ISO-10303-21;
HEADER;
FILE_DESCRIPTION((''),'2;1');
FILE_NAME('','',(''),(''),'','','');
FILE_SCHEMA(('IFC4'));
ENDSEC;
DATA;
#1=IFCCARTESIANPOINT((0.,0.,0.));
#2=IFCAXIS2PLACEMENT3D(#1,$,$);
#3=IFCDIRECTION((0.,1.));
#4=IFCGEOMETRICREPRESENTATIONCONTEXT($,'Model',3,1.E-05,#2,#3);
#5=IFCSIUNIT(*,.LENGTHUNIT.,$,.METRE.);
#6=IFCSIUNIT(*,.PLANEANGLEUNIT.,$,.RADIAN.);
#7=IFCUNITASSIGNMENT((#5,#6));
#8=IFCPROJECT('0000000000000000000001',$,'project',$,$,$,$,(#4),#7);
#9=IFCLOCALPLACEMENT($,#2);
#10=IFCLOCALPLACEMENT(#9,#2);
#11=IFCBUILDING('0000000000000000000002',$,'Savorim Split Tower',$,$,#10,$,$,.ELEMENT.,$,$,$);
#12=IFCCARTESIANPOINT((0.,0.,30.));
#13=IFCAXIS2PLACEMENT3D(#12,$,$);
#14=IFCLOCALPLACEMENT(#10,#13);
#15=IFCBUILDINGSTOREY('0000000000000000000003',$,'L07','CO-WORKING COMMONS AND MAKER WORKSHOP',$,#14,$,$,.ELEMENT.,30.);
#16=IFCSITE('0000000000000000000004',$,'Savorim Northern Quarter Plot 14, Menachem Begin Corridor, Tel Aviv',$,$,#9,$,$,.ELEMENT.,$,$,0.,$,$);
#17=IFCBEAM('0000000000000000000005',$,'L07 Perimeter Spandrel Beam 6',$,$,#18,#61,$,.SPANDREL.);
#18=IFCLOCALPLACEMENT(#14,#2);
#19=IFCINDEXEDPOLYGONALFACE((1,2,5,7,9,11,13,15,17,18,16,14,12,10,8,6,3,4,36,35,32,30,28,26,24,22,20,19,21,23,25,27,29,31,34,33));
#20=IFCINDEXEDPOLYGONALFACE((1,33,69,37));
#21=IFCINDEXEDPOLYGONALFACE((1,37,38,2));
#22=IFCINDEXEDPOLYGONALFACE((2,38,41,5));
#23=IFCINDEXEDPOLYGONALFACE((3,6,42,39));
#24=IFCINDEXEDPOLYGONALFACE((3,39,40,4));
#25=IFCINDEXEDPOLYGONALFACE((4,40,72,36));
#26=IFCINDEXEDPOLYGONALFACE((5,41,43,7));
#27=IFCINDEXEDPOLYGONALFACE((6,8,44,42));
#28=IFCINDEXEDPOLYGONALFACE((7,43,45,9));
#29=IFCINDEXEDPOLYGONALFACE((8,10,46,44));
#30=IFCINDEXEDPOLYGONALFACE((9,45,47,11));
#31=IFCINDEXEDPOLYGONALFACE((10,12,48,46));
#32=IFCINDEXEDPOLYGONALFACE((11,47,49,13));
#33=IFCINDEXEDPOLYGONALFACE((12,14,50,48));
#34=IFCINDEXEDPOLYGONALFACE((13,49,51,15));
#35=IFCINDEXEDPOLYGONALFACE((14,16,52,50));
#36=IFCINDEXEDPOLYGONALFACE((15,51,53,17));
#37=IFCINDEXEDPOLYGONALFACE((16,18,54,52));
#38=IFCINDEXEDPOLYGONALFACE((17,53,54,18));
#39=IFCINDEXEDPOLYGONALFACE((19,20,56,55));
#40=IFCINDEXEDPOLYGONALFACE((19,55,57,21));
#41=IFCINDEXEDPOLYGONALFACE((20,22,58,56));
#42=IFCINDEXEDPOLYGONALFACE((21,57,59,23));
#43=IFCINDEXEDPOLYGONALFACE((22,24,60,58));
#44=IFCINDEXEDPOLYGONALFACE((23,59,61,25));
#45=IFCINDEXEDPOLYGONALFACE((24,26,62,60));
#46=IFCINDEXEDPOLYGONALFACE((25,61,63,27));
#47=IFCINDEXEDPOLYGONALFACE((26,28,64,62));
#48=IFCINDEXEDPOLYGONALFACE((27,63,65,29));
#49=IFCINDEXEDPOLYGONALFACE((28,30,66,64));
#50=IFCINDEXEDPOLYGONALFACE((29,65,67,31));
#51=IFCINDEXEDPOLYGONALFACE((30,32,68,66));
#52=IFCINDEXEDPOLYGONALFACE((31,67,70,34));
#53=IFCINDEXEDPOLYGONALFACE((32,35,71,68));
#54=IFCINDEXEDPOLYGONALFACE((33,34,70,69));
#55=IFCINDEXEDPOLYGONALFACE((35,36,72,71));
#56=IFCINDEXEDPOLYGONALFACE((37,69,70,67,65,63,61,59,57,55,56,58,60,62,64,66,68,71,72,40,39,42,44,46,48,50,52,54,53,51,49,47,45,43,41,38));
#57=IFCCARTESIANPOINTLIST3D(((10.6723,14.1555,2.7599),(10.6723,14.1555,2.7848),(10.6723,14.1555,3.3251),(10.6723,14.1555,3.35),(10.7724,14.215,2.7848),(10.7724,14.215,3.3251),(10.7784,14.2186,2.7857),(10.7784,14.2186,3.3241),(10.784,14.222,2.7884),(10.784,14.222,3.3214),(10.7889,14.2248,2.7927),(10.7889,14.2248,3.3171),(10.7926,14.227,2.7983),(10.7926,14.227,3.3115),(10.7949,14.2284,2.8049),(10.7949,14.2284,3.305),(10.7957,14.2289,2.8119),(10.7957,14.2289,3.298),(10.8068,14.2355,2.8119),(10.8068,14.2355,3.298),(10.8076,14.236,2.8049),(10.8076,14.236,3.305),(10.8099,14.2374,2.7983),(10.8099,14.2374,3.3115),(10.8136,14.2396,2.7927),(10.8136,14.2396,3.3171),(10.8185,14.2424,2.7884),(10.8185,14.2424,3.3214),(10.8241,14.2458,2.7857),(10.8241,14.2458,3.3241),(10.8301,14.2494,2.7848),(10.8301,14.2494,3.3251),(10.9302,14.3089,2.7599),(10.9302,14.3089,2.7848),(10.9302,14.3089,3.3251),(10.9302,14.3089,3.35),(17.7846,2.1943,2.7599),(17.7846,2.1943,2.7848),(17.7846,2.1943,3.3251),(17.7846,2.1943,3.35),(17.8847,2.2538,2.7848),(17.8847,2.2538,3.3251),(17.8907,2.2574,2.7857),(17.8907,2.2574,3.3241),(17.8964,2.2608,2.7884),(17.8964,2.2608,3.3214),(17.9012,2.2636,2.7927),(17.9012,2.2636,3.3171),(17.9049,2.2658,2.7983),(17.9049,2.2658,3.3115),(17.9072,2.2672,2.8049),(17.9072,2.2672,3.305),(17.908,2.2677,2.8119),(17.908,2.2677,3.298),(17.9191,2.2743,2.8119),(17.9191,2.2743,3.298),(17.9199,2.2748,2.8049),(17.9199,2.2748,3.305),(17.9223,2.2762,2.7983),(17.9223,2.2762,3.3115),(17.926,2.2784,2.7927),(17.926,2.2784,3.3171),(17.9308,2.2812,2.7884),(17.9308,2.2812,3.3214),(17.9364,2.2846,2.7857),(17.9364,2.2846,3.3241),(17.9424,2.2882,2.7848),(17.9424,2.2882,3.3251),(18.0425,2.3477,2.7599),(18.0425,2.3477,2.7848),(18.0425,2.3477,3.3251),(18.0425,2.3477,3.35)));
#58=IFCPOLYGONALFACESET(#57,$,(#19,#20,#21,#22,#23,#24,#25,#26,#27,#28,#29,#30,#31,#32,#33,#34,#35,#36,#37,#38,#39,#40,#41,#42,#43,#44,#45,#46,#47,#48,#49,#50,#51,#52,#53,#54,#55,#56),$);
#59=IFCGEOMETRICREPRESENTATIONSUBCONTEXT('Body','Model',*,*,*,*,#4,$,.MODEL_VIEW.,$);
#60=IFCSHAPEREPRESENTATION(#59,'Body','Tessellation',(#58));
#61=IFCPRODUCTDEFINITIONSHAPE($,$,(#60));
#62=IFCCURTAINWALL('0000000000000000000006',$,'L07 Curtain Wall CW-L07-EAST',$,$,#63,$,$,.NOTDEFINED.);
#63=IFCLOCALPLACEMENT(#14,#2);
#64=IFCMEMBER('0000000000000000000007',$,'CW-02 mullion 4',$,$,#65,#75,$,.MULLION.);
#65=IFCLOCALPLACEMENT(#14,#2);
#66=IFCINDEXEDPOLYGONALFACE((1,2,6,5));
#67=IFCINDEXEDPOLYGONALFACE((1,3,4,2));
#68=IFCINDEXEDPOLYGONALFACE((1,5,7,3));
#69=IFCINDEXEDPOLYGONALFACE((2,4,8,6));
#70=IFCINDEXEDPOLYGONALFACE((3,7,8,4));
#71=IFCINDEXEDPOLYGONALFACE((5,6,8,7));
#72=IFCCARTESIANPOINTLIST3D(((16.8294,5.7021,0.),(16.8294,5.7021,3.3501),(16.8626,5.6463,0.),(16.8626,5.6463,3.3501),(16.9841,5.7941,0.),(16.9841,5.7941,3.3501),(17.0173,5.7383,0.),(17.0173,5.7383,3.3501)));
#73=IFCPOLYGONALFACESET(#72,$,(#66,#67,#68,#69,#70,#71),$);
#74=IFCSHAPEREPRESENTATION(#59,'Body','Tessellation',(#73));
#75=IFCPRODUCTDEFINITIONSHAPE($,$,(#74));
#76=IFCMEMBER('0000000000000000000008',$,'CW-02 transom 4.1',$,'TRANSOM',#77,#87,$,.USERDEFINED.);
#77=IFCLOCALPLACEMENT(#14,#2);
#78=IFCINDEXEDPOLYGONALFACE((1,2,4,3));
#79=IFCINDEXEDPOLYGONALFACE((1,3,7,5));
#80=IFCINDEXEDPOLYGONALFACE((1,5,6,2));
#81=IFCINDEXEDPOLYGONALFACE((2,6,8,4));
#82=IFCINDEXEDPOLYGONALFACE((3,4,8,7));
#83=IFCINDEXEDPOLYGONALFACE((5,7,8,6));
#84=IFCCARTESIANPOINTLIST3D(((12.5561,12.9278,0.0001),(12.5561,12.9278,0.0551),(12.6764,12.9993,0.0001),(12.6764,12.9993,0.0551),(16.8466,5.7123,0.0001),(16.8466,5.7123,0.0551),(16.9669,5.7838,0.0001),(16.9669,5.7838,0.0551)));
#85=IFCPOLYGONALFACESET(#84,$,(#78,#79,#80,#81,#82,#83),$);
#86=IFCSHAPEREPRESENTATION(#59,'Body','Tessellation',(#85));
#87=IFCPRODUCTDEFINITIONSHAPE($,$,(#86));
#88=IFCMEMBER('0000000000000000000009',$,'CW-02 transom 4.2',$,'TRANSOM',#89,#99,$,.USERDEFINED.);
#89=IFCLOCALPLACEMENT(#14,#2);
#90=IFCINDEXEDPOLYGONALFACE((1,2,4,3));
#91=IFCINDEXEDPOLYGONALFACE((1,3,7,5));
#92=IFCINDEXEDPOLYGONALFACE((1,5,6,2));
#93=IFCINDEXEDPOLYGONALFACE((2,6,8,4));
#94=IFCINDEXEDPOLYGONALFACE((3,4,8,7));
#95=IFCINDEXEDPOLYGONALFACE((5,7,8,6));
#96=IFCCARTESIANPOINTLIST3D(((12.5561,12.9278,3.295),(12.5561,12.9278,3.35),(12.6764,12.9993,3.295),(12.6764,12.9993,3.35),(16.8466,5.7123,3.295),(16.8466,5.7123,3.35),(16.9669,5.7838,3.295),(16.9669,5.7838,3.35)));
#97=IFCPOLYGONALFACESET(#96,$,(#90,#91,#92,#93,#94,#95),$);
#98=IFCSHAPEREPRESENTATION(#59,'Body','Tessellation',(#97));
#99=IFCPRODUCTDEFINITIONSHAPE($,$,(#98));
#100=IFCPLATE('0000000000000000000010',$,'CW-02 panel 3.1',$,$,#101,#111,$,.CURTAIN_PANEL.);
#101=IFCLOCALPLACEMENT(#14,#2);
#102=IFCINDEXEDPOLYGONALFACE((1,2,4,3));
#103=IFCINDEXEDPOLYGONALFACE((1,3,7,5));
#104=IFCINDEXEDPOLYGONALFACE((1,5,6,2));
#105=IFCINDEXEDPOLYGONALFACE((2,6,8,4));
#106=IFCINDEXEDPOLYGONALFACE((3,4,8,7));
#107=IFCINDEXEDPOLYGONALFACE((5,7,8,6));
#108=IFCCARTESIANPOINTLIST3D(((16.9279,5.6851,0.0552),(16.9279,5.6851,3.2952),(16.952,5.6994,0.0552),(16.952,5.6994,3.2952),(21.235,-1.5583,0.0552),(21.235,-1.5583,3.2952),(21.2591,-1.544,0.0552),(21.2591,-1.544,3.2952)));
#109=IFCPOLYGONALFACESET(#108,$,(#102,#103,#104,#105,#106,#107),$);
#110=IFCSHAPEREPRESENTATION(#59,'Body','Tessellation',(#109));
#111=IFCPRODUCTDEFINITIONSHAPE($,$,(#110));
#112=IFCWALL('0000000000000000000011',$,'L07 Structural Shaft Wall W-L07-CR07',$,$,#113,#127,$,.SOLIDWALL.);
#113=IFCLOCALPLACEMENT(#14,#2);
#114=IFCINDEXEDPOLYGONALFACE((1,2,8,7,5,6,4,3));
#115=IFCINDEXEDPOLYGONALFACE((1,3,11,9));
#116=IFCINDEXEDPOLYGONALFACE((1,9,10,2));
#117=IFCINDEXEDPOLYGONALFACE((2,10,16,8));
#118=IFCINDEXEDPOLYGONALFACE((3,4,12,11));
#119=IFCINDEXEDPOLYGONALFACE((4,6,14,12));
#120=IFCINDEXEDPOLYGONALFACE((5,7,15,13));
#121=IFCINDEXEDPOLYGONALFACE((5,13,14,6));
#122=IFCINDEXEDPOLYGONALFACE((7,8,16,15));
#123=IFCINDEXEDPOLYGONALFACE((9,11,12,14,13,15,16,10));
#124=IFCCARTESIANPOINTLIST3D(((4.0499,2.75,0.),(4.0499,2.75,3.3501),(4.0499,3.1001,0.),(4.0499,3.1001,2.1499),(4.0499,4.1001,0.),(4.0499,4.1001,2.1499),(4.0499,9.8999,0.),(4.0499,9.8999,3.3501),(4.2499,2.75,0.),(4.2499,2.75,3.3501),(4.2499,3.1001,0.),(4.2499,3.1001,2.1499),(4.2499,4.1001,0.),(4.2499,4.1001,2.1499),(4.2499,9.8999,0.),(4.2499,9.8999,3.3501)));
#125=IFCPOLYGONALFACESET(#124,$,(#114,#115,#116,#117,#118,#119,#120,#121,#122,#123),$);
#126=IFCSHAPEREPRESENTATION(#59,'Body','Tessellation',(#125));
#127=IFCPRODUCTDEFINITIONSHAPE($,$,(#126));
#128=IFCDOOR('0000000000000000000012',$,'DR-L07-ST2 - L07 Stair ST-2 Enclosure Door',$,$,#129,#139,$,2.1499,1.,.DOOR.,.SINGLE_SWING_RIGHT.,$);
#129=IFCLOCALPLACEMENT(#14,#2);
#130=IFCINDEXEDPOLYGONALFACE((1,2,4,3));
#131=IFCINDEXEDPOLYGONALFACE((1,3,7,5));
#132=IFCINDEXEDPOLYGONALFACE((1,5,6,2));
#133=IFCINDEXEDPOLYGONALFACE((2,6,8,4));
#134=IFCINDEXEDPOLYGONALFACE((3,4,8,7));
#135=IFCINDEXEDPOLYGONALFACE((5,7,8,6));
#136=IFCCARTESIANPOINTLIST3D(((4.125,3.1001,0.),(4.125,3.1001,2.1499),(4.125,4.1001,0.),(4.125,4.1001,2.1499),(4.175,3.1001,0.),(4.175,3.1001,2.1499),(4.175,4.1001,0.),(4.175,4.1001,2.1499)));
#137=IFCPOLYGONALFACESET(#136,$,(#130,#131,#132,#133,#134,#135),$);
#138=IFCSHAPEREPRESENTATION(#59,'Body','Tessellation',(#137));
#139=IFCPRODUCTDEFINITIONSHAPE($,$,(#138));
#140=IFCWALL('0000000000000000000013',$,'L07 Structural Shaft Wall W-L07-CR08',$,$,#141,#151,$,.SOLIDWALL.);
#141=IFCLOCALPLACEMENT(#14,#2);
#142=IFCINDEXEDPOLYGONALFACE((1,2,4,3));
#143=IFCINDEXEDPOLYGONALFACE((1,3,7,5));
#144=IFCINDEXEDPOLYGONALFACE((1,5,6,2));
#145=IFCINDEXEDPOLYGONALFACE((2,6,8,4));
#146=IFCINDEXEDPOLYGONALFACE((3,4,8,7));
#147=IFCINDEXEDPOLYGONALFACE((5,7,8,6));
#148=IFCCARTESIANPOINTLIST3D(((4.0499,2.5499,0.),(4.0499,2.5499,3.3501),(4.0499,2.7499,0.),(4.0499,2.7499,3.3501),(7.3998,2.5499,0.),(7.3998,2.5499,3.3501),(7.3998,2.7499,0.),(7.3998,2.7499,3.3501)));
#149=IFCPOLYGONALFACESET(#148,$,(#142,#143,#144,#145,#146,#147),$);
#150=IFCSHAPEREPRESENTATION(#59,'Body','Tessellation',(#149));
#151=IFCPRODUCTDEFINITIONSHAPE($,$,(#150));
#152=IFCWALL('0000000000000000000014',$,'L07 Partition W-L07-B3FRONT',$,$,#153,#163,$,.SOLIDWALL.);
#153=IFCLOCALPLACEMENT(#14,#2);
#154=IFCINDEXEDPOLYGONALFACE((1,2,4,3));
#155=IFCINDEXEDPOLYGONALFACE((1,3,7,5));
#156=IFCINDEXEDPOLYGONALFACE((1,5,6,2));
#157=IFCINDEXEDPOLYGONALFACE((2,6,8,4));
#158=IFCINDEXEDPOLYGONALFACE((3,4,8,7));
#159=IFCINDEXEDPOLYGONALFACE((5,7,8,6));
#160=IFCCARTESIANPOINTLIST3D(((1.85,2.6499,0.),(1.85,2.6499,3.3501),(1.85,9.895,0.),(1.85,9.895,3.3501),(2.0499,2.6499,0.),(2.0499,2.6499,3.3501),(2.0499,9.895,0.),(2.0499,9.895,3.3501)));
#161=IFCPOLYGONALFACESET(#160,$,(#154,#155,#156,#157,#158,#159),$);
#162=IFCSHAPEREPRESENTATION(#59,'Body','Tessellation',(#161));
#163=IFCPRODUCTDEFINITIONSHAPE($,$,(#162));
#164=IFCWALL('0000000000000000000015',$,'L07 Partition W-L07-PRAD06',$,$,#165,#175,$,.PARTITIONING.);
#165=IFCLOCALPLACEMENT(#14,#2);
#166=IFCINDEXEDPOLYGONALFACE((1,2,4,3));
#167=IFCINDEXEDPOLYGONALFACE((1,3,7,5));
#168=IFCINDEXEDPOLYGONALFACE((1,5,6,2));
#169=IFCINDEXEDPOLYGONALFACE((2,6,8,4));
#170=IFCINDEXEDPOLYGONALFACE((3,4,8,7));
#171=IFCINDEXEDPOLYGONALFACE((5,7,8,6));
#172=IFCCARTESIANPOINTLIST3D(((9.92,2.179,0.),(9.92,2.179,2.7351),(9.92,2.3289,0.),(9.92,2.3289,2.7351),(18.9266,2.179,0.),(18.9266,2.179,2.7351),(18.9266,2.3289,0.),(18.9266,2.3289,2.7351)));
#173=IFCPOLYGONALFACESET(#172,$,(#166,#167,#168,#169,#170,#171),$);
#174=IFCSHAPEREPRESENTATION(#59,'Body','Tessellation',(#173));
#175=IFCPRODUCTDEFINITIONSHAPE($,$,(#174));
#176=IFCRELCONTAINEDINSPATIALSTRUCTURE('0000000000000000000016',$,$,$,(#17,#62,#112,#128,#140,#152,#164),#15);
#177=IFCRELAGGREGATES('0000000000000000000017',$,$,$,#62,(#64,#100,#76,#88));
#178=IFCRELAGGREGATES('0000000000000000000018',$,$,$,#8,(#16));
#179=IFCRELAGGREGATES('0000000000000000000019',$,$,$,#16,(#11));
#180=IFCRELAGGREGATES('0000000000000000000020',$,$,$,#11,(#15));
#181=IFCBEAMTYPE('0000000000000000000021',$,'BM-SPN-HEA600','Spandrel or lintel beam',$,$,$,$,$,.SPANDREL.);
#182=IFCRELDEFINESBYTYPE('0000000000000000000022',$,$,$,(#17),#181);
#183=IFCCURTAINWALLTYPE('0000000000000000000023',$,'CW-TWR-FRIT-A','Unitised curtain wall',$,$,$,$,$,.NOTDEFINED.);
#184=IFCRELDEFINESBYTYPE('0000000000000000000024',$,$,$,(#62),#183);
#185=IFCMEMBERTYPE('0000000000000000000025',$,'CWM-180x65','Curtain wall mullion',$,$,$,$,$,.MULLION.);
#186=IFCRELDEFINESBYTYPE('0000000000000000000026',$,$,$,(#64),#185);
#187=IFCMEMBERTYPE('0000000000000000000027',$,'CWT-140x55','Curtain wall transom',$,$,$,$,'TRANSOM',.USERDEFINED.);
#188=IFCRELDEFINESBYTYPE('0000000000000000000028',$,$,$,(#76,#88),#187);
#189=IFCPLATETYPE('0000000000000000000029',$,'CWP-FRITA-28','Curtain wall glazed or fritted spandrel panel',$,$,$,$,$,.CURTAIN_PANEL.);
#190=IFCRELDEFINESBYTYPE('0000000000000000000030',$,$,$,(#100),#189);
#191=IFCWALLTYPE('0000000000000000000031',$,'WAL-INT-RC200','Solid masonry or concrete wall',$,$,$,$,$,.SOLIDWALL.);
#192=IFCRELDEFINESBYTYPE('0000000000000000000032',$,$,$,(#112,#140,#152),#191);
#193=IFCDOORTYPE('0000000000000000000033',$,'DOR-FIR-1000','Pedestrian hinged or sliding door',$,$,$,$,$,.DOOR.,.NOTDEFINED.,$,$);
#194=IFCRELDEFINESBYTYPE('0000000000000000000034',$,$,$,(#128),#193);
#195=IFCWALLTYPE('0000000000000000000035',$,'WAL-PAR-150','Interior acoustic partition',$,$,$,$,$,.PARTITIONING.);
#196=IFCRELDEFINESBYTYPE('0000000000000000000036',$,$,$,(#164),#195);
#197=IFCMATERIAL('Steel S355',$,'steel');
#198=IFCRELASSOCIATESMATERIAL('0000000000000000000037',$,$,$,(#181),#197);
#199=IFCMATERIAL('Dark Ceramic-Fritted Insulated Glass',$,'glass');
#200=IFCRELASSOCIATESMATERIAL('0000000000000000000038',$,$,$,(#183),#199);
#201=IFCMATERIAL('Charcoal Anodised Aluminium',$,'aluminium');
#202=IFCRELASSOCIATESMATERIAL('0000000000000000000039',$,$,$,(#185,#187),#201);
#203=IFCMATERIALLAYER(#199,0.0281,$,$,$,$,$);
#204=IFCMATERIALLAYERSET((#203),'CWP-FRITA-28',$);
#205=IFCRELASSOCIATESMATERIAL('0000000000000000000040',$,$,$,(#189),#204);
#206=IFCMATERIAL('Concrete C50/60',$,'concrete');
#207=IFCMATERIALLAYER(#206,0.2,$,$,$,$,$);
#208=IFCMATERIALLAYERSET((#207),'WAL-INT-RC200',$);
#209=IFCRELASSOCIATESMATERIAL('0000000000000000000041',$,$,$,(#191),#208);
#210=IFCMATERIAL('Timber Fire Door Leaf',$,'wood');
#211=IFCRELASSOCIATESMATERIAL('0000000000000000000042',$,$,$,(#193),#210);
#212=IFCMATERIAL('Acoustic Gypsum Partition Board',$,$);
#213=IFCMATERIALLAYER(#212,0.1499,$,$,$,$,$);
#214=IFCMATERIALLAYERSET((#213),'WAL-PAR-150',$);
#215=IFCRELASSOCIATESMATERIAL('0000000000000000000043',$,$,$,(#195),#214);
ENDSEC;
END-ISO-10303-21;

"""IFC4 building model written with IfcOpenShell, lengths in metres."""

from ifc_helpers import new_model, si_unit, direction, frame, frame_2d, origin, origin_2d, place, context, subcontext, project, spatial, rectangle, i_section, extrude, material, layer, layer_set, material_profile, profile_set, type_object, element, fill, aggregate, save


model = new_model("IFC4")

# Units and contexts
model_context = context("Model", 3, precision=1e-05, world=origin(), true_north=direction((0.0, 1.0)))
body_context = subcontext(model_context, "Body", "Model", "MODEL_VIEW")
ifc_project = project(units=[si_unit("LENGTHUNIT", "METRE"), si_unit("PLANEANGLEUNIT", "RADIAN")], contexts=[model_context])

# Site, building, storey
site_placement = place(None, origin())
site = spatial("IfcSite", under=ifc_project, at=site_placement, Name="Savorim Northern Quarter Plot 14, Menachem Begin Corridor, Tel Aviv", CompositionType="ELEMENT", RefElevation=0.0)
building_placement = place(site_placement, origin())
building = spatial("IfcBuilding", under=site, at=building_placement, Name="Savorim Split Tower", CompositionType="ELEMENT")
storey_placement = place(building_placement, frame((0.0, 0.0, 30.0)))
storey = spatial("IfcBuildingStorey", under=building, at=storey_placement, Name="L07", Description="CO-WORKING COMMONS AND MAKER WORKSHOP", CompositionType="ELEMENT", Elevation=30.0)

# Beam
ifc_material_1 = material(Name="Steel S355", Category="steel")
ifc_material_profile_1 = material_profile(ifc_material_1, i_section(OverallWidth=0.3, OverallDepth=0.5901, WebThickness=0.0129, FlangeThickness=0.0249, FilletRadius=0.0271, at=origin_2d()), Name="HEA 600")
ifc_profile_set_1 = profile_set([ifc_material_profile_1], Name="Steel S355")
beam_type_1 = type_object("IfcBeamType", Name="BM-SPN-HEA600", Description="Spandrel or lintel beam", PredefinedType="SPANDREL", material=ifc_profile_set_1)
beam_1_placement = place(storey_placement, frame((17.9136, 2.271, 3.0549), z_axis=(-0.511089, 0.859528, 0.0), x_axis=(-0.859528, -0.511089, 0.0)))
element("IfcBeam", 1, at=beam_1_placement, inside=storey, type_object=beam_type_1, Name="L07 Perimeter Spandrel Beam 6", PredefinedType="SPANDREL", context=body_context, shape_type="SweptSolid", body=[
    extrude(i_section(OverallWidth=0.3, OverallDepth=0.5901, WebThickness=0.0129, FlangeThickness=0.0249, FilletRadius=0.0271, at=origin_2d()), origin(), (0.0, 0.0, 1.0), 13.916),
])

# Curtain wall, members, plate
ifc_material_2 = material(Name="Dark Ceramic-Fritted Insulated Glass", Category="glass")
curtain_wall_type = type_object("IfcCurtainWallType", Name="CW-TWR-FRIT-A", Description="Unitised curtain wall", PredefinedType="NOTDEFINED", material=ifc_material_2)
curtain_wall_placement = place(storey_placement, origin())
curtain_wall = element("IfcCurtainWall", 2, at=curtain_wall_placement, inside=storey, type_object=curtain_wall_type, Name="L07 Curtain Wall CW-L07-EAST", PredefinedType="NOTDEFINED")
ifc_material_3 = material(Name="Charcoal Anodised Aluminium", Category="aluminium")
ifc_material_profile_2 = material_profile(ifc_material_3, rectangle(XDim=0.1799, YDim=0.0649, at=origin_2d()), Name="ALU-M 180x65")
ifc_profile_set_2 = profile_set([ifc_material_profile_2], Name="Charcoal Anodised Aluminium")
member_type_1 = type_object("IfcMemberType", Name="CWM-180x65", Description="Curtain wall mullion", PredefinedType="MULLION", material=ifc_profile_set_2)
member_1_placement = place(storey_placement, frame((16.9233, 5.7202, 0.0), z_axis=(0.0, 0.0, 1.0), x_axis=(-0.859526, -0.511092, 0.0)))
member_1 = element("IfcMember", 3, at=member_1_placement, type_object=member_type_1, Name="CW-02 mullion 4", PredefinedType="MULLION", context=body_context, shape_type="SweptSolid", body=[
    extrude(rectangle(XDim=0.1799, YDim=0.0649, at=origin_2d()), origin(), (0.0, 0.0, 1.0), 3.3501),
])
ifc_material_profile_3 = material_profile(ifc_material_3, rectangle(XDim=0.1399, YDim=0.0549, at=origin_2d()), Name="ALU-T 140x55")
ifc_profile_set_3 = profile_set([ifc_material_profile_3], Name="Charcoal Anodised Aluminium")
member_type_2 = type_object("IfcMemberType", Name="CWT-140x55", Description="Curtain wall transom", ElementType="TRANSOM", PredefinedType="USERDEFINED", material=ifc_profile_set_3)
member_2_placement = place(storey_placement, frame((16.9067, 5.748, 0.0276), z_axis=(-0.511092, 0.859526, 0.0), x_axis=(-0.859526, -0.511092, 0.0)))
member_2 = element("IfcMember", 4, at=member_2_placement, type_object=member_type_2, Name="CW-02 transom 4.1", ObjectType="TRANSOM", PredefinedType="USERDEFINED", context=body_context, shape_type="SweptSolid", body=[
    extrude(rectangle(XDim=0.1399, YDim=0.0549, at=origin_2d()), origin(), (0.0, 0.0, 1.0), 8.3948),
])
member_3_placement = place(storey_placement, frame((16.9067, 5.748, 3.3225), z_axis=(-0.511092, 0.859526, 0.0), x_axis=(-0.859526, -0.511092, 0.0)))
member_3 = element("IfcMember", 5, at=member_3_placement, type_object=member_type_2, Name="CW-02 transom 4.2", ObjectType="TRANSOM", PredefinedType="USERDEFINED", context=body_context, shape_type="SweptSolid", body=[
    extrude(rectangle(XDim=0.1399, YDim=0.0549, at=origin_2d()), origin(), (0.0, 0.0, 1.0), 8.3948),
])
ifc_layer_1 = layer(ifc_material_2, 0.0281)
ifc_layer_set_1 = layer_set([ifc_layer_1], Name="CWP-FRITA-28")
plate_type = type_object("IfcPlateType", Name="CWP-FRITA-28", Description="Curtain wall glazed or fritted spandrel panel", PredefinedType="CURTAIN_PANEL", material=ifc_layer_set_1)
plate_placement = place(storey_placement, frame((19.0935, 2.0706, 0.0552), z_axis=(0.0, 0.0, 1.0), x_axis=(-0.511092, 0.859526, 0.0)))
plate = element("IfcPlate", 6, at=plate_placement, type_object=plate_type, Name="CW-02 panel 3.1", PredefinedType="CURTAIN_PANEL", context=body_context, shape_type="SweptSolid", body=[
    extrude(rectangle(XDim=8.4272, YDim=0.0281, at=origin_2d()), origin(), (0.0, 0.0, 1.0), 3.24),
])
aggregate(curtain_wall, [member_1, plate, member_2, member_3])

# Wall, opening, door
ifc_material_4 = material(Name="Concrete C50/60", Category="concrete")
ifc_layer_2 = layer(ifc_material_4, 0.2)
ifc_layer_set_2 = layer_set([ifc_layer_2], Name="WAL-INT-RC200")
wall_type_1 = type_object("IfcWallType", Name="WAL-INT-RC200", Description="Solid masonry or concrete wall", PredefinedType="SOLIDWALL", material=ifc_layer_set_2)
wall_1_placement = place(storey_placement, frame((4.1499, 2.75, 0.0), z_axis=(0.0, 0.0, 1.0), x_axis=(0.0, 1.0, 0.0)))
wall_1 = element("IfcWall", 7, at=wall_1_placement, inside=storey, type_object=wall_type_1, Name="L07 Structural Shaft Wall W-L07-CR07", PredefinedType="SOLIDWALL", context=body_context, shape_type="SweptSolid", body=[
    extrude(rectangle(XDim=7.1499, YDim=0.2, at=frame_2d((3.575, 0.0))), origin(), (0.0, 0.0, 1.0), 3.3501),
])
opening_placement = place(wall_1_placement, frame((0.3501, 0.0, 0.0)))
opening = element("IfcOpeningElement", 8, at=opening_placement, cuts=wall_1, PredefinedType="OPENING", context=body_context, shape_type="SweptSolid", body=[
    extrude(rectangle(XDim=1.0, YDim=2.1499, at=frame_2d((0.5, 1.075))), frame((0.0, 0.1099, 0.0), z_axis=(0.0, -1.0, 0.0), x_axis=(1.0, 0.0, 0.0)), (0.0, 0.0, 1.0), 0.22),
])
ifc_material_5 = material(Name="Timber Fire Door Leaf", Category="wood")
door_type = type_object("IfcDoorType", Name="DOR-FIR-1000", Description="Pedestrian hinged or sliding door", OperationType="NOTDEFINED", PredefinedType="DOOR", material=ifc_material_5)
door_placement = place(opening_placement, origin())
door = element("IfcDoor", 9, at=door_placement, inside=storey, type_object=door_type, Name="DR-L07-ST2 - L07 Stair ST-2 Enclosure Door", OperationType="SINGLE_SWING_RIGHT", OverallHeight=2.1499, OverallWidth=1.0, PredefinedType="DOOR", context=body_context, shape_type="SweptSolid", body=[
    extrude(rectangle(XDim=1.0, YDim=2.1499, at=frame_2d((0.5, 1.075))), frame((0.0, 0.0249, 0.0), z_axis=(0.0, -1.0, 0.0), x_axis=(1.0, 0.0, 0.0)), (0.0, 0.0, 1.0), 0.05),
])
fill(opening, door)

# Walls
wall_2_placement = place(storey_placement, frame((4.05, 2.6499, 0.0), z_axis=(0.0, 0.0, 1.0), x_axis=(1.0, 0.0, 0.0)))
element("IfcWall", 10, at=wall_2_placement, inside=storey, type_object=wall_type_1, Name="L07 Structural Shaft Wall W-L07-CR08", PredefinedType="SOLIDWALL", context=body_context, shape_type="SweptSolid", body=[
    extrude(rectangle(XDim=3.3499, YDim=0.2, at=frame_2d((1.6748, 0.0))), origin(), (0.0, 0.0, 1.0), 3.3501),
])
wall_3_placement = place(storey_placement, frame((1.95, 2.6499, 0.0), z_axis=(0.0, 0.0, 1.0), x_axis=(0.0, 1.0, 0.0)))
element("IfcWall", 11, at=wall_3_placement, inside=storey, type_object=wall_type_1, Name="L07 Partition W-L07-B3FRONT", PredefinedType="SOLIDWALL", context=body_context, shape_type="SweptSolid", body=[
    extrude(rectangle(XDim=7.2451, YDim=0.2, at=frame_2d((3.6226, 0.0))), origin(), (0.0, 0.0, 1.0), 3.3501),
])
ifc_material_6 = material(Name="Acoustic Gypsum Partition Board")
ifc_layer_3 = layer(ifc_material_6, 0.1499)
ifc_layer_set_3 = layer_set([ifc_layer_3], Name="WAL-PAR-150")
wall_type_2 = type_object("IfcWallType", Name="WAL-PAR-150", Description="Interior acoustic partition", PredefinedType="PARTITIONING", material=ifc_layer_set_3)
wall_4_placement = place(storey_placement, frame((9.9199, 2.2539, 0.0), z_axis=(0.0, 0.0, 1.0), x_axis=(1.0, 0.0, 0.0)))
element("IfcWall", 12, at=wall_4_placement, inside=storey, type_object=wall_type_2, Name="L07 Partition W-L07-PRAD06", PredefinedType="PARTITIONING", context=body_context, shape_type="SweptSolid", body=[
    extrude(rectangle(XDim=9.0066, YDim=0.1499, at=frame_2d((4.5034, 0.0))), origin(), (0.0, 0.0, 1.0), 2.7351),
])

save(model, "model.ifc")
